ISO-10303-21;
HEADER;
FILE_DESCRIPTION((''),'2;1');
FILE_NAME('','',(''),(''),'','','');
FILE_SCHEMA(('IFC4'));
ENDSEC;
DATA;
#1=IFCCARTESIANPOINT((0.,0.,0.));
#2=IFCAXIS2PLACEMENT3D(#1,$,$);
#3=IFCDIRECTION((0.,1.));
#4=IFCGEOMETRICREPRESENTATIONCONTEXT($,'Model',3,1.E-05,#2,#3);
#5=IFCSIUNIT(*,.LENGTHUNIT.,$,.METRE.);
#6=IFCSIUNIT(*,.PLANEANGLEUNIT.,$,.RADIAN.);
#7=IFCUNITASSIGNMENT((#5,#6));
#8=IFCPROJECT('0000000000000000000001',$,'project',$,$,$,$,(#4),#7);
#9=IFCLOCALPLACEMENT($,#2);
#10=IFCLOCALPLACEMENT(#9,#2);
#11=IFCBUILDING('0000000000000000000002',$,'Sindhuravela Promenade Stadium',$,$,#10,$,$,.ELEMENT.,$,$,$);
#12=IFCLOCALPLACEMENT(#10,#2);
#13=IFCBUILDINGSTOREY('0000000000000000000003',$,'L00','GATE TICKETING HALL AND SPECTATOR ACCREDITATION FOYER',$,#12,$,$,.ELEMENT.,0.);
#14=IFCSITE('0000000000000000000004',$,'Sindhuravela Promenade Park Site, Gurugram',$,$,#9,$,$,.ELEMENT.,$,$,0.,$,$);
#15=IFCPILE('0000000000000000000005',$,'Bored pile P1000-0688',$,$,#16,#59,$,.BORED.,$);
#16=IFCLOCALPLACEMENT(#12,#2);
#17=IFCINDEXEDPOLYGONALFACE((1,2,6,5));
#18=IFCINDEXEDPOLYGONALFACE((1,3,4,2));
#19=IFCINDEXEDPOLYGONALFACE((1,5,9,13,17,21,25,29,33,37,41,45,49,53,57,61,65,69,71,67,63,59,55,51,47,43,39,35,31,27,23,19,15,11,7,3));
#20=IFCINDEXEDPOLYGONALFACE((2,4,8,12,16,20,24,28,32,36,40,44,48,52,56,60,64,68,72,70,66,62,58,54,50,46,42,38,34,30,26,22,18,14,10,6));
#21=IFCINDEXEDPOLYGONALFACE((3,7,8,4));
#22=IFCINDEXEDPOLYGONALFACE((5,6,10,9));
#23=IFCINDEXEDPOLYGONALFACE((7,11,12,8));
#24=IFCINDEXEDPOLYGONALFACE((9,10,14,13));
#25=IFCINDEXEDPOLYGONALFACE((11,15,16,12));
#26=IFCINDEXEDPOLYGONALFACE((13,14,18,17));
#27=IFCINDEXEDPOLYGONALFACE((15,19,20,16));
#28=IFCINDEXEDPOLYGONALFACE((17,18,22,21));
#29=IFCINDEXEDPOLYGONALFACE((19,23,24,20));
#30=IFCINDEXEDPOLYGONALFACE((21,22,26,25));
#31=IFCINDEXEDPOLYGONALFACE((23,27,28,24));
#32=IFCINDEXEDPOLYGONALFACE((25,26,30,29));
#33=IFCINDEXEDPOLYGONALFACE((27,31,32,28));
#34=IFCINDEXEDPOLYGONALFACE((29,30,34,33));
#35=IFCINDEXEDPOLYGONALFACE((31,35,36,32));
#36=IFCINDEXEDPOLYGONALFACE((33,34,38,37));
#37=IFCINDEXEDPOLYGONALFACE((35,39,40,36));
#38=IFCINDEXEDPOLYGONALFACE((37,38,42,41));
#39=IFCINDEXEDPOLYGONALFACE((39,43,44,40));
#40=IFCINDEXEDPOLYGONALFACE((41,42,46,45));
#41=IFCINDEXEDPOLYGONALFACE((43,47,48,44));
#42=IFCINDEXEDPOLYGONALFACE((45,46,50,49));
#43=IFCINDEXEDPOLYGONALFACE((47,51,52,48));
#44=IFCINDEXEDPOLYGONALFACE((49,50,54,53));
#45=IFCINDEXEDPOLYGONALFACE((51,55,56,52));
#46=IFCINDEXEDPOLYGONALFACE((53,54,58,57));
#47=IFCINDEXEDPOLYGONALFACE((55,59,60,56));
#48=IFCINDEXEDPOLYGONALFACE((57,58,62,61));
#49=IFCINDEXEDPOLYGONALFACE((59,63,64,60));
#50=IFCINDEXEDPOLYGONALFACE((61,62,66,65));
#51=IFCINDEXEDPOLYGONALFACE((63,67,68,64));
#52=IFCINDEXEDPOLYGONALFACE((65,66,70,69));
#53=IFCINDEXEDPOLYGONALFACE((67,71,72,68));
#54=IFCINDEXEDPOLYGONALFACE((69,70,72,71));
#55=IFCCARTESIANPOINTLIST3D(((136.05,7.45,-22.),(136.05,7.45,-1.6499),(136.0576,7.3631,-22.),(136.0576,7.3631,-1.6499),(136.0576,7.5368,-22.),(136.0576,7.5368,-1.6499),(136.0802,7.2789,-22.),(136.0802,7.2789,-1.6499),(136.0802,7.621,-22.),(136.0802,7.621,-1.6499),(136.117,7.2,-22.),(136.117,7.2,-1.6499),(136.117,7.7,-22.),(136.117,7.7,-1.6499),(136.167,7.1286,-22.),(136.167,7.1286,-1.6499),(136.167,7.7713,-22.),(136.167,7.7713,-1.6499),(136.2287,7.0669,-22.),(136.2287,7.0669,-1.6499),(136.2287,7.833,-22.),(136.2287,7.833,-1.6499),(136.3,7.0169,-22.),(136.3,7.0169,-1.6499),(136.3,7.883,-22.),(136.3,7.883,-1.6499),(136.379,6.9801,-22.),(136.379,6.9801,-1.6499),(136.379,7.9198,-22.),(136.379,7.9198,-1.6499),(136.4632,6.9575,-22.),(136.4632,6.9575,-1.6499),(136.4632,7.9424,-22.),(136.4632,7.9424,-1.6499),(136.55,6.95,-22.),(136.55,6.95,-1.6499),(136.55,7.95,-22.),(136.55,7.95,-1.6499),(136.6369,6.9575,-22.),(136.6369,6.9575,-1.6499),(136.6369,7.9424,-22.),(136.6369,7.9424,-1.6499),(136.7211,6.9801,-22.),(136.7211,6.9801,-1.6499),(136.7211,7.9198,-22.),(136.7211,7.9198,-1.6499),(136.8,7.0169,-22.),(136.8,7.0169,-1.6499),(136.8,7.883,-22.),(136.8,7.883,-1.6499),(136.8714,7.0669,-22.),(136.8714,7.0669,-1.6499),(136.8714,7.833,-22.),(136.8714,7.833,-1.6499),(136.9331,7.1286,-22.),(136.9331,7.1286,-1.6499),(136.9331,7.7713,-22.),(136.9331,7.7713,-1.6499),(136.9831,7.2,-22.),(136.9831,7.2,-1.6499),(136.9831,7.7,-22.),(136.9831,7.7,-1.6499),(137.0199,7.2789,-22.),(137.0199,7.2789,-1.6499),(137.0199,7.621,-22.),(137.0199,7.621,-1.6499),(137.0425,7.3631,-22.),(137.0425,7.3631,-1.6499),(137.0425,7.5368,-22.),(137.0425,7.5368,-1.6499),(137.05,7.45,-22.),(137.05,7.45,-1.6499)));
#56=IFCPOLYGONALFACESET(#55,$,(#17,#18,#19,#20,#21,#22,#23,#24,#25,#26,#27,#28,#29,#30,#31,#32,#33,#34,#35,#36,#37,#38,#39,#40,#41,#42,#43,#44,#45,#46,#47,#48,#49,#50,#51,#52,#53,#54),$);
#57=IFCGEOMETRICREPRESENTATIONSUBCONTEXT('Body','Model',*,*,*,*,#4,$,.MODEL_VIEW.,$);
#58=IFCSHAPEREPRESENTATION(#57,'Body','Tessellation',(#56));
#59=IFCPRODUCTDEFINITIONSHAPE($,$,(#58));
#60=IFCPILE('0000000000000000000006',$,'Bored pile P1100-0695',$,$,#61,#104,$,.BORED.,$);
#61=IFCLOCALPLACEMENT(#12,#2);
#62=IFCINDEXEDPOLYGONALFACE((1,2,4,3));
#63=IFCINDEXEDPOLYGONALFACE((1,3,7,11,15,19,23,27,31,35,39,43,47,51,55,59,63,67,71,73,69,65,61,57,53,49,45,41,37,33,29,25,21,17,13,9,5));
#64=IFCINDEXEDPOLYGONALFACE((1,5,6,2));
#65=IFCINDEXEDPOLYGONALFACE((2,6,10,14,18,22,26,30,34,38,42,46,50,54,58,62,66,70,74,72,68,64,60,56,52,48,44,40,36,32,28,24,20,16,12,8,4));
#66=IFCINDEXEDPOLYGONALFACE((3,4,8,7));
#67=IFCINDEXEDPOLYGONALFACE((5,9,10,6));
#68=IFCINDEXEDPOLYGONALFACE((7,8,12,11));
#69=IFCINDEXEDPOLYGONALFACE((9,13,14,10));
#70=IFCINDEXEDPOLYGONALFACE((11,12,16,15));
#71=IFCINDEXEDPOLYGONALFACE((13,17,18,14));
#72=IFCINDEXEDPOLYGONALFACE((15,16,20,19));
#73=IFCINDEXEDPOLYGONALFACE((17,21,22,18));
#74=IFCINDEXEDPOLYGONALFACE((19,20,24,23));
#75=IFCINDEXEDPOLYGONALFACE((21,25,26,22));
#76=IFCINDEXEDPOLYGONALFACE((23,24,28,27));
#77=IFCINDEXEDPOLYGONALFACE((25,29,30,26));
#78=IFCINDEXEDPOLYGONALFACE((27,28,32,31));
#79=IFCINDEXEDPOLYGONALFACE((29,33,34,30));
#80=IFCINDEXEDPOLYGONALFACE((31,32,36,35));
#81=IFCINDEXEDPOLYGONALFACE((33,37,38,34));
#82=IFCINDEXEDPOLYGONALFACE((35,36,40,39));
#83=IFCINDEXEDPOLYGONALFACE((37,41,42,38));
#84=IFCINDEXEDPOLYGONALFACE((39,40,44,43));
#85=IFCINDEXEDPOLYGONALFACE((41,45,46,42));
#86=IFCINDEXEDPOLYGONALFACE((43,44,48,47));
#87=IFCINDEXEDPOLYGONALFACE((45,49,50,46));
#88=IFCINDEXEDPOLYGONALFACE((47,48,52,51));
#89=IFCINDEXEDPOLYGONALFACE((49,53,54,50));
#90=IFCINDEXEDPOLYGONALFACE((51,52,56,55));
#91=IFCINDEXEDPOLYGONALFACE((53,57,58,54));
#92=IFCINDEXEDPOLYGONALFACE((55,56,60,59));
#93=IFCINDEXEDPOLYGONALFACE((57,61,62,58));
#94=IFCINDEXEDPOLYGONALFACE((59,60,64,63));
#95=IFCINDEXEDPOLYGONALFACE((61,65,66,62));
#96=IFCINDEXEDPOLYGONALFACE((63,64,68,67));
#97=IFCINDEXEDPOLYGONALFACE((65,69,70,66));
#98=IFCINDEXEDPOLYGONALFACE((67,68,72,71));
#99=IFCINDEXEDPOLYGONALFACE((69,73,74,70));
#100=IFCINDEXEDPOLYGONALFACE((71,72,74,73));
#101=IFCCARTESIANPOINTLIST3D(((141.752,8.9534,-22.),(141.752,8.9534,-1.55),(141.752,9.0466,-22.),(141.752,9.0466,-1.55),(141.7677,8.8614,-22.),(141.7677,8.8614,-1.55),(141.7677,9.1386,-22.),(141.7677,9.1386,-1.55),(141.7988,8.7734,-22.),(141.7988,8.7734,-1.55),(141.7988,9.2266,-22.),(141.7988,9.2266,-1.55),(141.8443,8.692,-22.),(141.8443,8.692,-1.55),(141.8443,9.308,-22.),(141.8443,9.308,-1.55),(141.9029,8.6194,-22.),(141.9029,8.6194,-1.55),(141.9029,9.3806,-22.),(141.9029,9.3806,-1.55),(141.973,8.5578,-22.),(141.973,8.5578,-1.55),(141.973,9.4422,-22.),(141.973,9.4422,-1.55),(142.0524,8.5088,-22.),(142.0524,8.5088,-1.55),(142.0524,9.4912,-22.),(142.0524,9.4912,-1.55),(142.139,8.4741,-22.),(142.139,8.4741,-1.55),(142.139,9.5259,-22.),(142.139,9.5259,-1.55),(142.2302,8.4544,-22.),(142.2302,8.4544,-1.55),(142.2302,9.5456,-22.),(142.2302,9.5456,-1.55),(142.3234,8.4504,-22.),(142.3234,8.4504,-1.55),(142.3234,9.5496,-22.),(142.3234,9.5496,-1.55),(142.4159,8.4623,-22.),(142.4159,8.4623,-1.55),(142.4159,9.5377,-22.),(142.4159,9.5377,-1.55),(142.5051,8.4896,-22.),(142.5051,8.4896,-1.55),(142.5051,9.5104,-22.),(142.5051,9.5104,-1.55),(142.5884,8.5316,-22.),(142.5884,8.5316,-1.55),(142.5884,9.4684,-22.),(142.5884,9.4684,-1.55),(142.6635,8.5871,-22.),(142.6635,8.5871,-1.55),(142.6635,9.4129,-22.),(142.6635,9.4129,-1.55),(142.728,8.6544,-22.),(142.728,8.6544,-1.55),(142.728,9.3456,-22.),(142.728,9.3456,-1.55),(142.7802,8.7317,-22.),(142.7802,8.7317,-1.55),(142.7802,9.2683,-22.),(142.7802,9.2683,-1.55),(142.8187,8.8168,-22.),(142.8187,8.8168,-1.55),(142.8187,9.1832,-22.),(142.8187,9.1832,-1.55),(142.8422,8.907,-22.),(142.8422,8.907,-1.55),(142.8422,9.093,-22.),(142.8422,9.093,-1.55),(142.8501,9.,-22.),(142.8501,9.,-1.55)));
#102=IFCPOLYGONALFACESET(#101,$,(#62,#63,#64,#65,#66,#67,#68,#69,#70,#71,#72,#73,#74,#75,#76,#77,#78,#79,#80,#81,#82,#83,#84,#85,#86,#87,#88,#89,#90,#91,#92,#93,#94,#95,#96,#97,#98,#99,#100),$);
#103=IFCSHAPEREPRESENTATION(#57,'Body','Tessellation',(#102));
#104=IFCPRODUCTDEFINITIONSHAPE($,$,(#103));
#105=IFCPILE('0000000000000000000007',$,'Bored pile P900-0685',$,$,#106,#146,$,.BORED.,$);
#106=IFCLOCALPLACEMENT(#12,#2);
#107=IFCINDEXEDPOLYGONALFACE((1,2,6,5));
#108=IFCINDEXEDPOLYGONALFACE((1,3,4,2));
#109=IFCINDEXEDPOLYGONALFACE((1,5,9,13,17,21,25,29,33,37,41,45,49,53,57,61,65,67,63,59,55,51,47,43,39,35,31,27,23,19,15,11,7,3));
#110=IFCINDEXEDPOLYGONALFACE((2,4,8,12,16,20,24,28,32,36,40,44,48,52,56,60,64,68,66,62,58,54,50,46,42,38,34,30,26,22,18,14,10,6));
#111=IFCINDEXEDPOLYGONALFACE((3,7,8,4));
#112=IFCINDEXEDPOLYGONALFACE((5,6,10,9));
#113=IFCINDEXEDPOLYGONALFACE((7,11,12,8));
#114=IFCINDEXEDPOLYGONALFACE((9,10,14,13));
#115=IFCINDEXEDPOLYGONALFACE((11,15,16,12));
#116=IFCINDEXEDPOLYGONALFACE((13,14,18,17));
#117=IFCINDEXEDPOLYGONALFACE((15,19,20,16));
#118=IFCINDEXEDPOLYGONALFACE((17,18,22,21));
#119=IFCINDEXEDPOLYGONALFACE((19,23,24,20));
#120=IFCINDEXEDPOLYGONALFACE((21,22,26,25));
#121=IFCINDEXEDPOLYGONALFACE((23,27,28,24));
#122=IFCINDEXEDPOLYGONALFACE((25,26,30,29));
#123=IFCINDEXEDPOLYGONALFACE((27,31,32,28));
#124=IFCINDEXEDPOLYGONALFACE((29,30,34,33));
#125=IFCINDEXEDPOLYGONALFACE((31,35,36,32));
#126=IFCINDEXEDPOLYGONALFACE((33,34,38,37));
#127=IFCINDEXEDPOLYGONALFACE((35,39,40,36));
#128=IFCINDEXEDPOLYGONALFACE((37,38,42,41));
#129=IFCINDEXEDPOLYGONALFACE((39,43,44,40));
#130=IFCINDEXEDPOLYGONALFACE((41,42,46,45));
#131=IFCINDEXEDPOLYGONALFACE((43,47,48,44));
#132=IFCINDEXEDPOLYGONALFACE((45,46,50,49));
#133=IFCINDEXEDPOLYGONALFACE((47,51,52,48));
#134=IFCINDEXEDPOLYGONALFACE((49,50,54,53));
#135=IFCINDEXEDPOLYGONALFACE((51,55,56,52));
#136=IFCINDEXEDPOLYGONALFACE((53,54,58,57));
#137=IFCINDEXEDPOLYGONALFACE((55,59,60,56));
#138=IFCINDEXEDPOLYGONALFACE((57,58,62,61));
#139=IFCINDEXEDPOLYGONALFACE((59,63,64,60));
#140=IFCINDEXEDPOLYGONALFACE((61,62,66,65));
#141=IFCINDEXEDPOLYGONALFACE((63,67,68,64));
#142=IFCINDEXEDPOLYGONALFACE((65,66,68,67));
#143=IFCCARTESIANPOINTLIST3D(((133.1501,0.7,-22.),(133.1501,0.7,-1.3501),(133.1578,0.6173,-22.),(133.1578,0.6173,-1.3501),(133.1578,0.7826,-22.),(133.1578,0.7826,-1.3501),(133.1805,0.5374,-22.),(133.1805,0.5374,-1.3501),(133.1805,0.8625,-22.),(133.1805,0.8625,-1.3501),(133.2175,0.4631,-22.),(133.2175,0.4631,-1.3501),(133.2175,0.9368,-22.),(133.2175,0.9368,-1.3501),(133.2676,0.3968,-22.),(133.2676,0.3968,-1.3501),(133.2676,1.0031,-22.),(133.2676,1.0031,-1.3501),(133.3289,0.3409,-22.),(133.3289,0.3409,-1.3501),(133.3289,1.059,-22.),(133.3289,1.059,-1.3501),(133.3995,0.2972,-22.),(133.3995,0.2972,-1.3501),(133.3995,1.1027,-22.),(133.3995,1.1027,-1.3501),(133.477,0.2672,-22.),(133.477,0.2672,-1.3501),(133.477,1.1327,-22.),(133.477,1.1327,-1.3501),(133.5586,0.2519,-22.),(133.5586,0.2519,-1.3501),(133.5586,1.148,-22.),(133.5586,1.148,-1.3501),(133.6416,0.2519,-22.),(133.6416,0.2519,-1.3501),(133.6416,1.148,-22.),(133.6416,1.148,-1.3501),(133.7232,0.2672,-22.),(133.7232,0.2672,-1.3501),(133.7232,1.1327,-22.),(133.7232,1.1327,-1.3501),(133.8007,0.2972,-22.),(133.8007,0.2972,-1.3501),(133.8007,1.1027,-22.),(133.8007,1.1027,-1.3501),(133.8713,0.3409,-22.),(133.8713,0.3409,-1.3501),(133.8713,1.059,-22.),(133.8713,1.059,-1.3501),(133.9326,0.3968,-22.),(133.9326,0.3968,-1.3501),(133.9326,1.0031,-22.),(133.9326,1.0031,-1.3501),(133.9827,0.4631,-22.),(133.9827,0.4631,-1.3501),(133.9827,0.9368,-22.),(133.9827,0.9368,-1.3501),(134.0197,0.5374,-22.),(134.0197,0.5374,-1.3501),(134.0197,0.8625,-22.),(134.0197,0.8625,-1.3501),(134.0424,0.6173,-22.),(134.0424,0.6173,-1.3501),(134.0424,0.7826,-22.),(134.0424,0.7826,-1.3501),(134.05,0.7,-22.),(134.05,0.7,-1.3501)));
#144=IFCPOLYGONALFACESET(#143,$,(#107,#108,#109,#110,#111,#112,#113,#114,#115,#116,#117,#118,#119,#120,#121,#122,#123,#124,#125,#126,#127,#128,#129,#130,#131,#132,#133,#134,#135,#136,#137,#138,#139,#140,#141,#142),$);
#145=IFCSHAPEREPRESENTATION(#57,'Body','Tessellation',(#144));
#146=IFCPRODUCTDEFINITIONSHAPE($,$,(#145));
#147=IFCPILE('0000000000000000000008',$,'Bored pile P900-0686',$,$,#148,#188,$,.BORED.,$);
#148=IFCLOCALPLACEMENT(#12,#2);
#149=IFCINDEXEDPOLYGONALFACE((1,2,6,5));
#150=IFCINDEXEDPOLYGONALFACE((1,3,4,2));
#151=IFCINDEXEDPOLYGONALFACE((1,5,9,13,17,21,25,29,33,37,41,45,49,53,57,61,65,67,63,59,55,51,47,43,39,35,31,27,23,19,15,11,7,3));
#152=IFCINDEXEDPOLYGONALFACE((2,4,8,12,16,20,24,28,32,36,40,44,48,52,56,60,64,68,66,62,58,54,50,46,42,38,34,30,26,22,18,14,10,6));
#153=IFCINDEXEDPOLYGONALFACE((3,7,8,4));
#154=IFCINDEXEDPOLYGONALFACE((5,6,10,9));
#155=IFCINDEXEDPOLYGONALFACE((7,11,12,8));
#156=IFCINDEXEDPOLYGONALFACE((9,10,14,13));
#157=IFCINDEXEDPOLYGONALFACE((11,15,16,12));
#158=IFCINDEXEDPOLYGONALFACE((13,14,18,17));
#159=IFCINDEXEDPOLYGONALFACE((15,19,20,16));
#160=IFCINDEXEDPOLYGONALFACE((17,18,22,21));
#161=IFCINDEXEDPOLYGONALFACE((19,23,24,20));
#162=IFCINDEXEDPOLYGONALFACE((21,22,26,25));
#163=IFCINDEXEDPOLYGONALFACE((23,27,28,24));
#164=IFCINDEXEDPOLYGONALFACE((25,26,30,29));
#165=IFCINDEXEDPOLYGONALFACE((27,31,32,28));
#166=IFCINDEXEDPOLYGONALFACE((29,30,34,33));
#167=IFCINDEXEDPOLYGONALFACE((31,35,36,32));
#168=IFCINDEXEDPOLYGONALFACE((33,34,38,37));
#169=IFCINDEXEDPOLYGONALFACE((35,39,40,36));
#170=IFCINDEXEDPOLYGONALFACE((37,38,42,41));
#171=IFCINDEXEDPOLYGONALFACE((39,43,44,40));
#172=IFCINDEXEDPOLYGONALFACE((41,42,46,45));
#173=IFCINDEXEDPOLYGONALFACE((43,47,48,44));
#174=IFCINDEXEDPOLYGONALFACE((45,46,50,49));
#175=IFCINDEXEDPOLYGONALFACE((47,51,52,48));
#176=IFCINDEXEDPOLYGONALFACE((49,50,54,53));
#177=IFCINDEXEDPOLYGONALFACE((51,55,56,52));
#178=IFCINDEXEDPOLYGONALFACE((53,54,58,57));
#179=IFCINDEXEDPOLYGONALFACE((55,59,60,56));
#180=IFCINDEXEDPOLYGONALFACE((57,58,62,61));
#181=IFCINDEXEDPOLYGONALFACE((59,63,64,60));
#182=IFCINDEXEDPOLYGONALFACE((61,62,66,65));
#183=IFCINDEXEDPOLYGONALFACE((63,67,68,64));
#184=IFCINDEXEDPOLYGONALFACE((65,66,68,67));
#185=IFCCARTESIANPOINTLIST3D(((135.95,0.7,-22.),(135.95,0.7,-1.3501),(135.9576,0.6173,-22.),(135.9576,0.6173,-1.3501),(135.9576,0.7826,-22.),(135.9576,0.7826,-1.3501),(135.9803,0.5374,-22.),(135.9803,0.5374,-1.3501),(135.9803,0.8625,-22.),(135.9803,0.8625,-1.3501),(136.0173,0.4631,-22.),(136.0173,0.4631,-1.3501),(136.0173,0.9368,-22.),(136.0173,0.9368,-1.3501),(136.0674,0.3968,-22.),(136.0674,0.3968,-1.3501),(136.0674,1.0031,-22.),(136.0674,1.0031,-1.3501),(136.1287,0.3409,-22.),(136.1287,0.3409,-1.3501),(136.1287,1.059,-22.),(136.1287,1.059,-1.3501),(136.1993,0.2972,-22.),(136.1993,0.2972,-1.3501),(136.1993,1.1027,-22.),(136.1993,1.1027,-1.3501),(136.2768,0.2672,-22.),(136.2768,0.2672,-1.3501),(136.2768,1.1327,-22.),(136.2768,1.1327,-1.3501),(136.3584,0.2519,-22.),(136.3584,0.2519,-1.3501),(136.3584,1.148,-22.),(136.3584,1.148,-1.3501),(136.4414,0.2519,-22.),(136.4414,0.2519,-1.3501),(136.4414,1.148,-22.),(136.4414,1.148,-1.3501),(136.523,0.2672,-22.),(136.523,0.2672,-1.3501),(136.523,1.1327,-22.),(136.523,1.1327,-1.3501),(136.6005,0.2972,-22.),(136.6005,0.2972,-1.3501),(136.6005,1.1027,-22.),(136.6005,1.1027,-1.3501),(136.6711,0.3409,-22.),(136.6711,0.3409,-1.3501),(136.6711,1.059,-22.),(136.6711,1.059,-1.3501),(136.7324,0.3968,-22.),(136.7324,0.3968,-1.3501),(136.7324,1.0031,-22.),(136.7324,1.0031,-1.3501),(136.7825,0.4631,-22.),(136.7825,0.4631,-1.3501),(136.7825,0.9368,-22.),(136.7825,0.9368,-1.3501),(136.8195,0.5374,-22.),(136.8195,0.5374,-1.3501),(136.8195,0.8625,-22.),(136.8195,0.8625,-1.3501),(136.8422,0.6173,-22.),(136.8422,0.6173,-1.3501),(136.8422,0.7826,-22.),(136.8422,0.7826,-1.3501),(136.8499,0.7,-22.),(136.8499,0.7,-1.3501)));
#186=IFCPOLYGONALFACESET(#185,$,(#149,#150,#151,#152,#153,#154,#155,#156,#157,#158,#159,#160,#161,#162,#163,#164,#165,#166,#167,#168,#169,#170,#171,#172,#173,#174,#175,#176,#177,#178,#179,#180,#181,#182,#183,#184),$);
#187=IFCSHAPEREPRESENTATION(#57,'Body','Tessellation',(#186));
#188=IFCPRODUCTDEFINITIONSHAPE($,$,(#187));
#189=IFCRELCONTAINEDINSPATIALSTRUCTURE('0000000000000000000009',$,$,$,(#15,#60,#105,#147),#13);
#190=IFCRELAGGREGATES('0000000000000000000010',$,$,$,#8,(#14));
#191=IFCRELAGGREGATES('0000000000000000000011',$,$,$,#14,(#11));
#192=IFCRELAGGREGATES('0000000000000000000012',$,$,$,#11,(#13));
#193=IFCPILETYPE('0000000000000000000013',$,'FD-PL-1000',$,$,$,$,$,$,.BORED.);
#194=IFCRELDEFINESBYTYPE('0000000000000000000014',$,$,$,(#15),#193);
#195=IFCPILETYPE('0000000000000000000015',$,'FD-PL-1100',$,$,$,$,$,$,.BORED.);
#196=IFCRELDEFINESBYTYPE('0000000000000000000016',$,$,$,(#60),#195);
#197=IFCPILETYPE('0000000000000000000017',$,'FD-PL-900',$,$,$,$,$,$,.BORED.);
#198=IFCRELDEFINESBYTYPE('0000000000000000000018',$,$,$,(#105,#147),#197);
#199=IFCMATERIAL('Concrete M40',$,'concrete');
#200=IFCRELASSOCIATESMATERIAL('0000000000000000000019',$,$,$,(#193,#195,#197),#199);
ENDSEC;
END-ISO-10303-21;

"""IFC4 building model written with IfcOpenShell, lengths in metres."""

from ifc_helpers import new_model, si_unit, direction, frame, origin, origin_2d, place, context, subcontext, project, spatial, circle, extrude, material, material_profile, profile_set, type_object, element, save


model = new_model("IFC4")

# Units and contexts
model_context = context("Model", 3, precision=1e-05, world=origin(), true_north=direction((0.0, 1.0)))
body_context = subcontext(model_context, "Body", "Model", "MODEL_VIEW")
ifc_project = project(units=[si_unit("LENGTHUNIT", "METRE"), si_unit("PLANEANGLEUNIT", "RADIAN")], contexts=[model_context])

# Site, building, storey
site_placement = place(None, origin())
site = spatial("IfcSite", under=ifc_project, at=site_placement, Name="Sindhuravela Promenade Park Site, Gurugram", CompositionType="ELEMENT", RefElevation=0.0)
building_placement = place(site_placement, origin())
building = spatial("IfcBuilding", under=site, at=building_placement, Name="Sindhuravela Promenade Stadium", CompositionType="ELEMENT")
storey_placement = place(building_placement, origin())
storey = spatial("IfcBuildingStorey", under=building, at=storey_placement, Name="L00", Description="GATE TICKETING HALL AND SPECTATOR ACCREDITATION FOYER", CompositionType="ELEMENT", Elevation=0.0)

# Piles
ifc_material_1 = material(Name="Concrete M40", Category="concrete")
ifc_material_profile_1 = material_profile(ifc_material_1, circle(Radius=0.5, at=origin_2d()), Name="BORED PILE D1000")
ifc_profile_set_1 = profile_set([ifc_material_profile_1], Name="Concrete M40")
pile_type_1 = type_object("IfcPileType", Name="FD-PL-1000", PredefinedType="BORED", material=ifc_profile_set_1)
for number, where, z_axis, x_axis, name in (
    (1, (136.55, 7.45, -1.6499), (0.0, 0.0, -1.0), (1.0, 0.0, 0.0), "Bored pile P1000-0688"),
):
    element("IfcPile", number, at=place(storey_placement, frame(where, z_axis=z_axis, x_axis=x_axis)), inside=storey, type_object=pile_type_1, Name=name, PredefinedType="BORED", context=body_context, shape_type="SweptSolid", body=[
        extrude(circle(Radius=0.5, at=origin_2d()), origin(), (0.0, 0.0, 1.0), 20.3501),
    ])
ifc_material_profile_2 = material_profile(ifc_material_1, circle(Radius=0.55, at=origin_2d()), Name="BORED PILE D1100")
ifc_profile_set_2 = profile_set([ifc_material_profile_2], Name="Concrete M40")
pile_type_2 = type_object("IfcPileType", Name="FD-PL-1100", PredefinedType="BORED", material=ifc_profile_set_2)
pile_placement = place(storey_placement, frame((142.3, 9.0, -1.55), z_axis=(0.0, 0.0, -1.0), x_axis=(1.0, 0.0, 0.0)))
element("IfcPile", 2, at=pile_placement, inside=storey, type_object=pile_type_2, Name="Bored pile P1100-0695", PredefinedType="BORED", context=body_context, shape_type="SweptSolid", body=[
    extrude(circle(Radius=0.55, at=origin_2d()), origin(), (0.0, 0.0, 1.0), 20.45),
])
ifc_material_profile_3 = material_profile(ifc_material_1, circle(Radius=0.45, at=origin_2d()), Name="BORED PILE D900")
ifc_profile_set_3 = profile_set([ifc_material_profile_3], Name="Concrete M40")
pile_type_3 = type_object("IfcPileType", Name="FD-PL-900", PredefinedType="BORED", material=ifc_profile_set_3)
for number, where, z_axis, x_axis, name in (
    (3, (133.6001, 0.7, -1.3501), (0.0, 0.0, -1.0), (1.0, 0.0, 0.0), "Bored pile P900-0685"),
    (4, (136.3999, 0.7, -1.3501), (0.0, 0.0, -1.0), (1.0, 0.0, 0.0), "Bored pile P900-0686"),
):
    element("IfcPile", number, at=place(storey_placement, frame(where, z_axis=z_axis, x_axis=x_axis)), inside=storey, type_object=pile_type_3, Name=name, PredefinedType="BORED", context=body_context, shape_type="SweptSolid", body=[
        extrude(circle(Radius=0.45, at=origin_2d()), origin(), (0.0, 0.0, 1.0), 20.6499),
    ])

save(model, "model.ifc")
